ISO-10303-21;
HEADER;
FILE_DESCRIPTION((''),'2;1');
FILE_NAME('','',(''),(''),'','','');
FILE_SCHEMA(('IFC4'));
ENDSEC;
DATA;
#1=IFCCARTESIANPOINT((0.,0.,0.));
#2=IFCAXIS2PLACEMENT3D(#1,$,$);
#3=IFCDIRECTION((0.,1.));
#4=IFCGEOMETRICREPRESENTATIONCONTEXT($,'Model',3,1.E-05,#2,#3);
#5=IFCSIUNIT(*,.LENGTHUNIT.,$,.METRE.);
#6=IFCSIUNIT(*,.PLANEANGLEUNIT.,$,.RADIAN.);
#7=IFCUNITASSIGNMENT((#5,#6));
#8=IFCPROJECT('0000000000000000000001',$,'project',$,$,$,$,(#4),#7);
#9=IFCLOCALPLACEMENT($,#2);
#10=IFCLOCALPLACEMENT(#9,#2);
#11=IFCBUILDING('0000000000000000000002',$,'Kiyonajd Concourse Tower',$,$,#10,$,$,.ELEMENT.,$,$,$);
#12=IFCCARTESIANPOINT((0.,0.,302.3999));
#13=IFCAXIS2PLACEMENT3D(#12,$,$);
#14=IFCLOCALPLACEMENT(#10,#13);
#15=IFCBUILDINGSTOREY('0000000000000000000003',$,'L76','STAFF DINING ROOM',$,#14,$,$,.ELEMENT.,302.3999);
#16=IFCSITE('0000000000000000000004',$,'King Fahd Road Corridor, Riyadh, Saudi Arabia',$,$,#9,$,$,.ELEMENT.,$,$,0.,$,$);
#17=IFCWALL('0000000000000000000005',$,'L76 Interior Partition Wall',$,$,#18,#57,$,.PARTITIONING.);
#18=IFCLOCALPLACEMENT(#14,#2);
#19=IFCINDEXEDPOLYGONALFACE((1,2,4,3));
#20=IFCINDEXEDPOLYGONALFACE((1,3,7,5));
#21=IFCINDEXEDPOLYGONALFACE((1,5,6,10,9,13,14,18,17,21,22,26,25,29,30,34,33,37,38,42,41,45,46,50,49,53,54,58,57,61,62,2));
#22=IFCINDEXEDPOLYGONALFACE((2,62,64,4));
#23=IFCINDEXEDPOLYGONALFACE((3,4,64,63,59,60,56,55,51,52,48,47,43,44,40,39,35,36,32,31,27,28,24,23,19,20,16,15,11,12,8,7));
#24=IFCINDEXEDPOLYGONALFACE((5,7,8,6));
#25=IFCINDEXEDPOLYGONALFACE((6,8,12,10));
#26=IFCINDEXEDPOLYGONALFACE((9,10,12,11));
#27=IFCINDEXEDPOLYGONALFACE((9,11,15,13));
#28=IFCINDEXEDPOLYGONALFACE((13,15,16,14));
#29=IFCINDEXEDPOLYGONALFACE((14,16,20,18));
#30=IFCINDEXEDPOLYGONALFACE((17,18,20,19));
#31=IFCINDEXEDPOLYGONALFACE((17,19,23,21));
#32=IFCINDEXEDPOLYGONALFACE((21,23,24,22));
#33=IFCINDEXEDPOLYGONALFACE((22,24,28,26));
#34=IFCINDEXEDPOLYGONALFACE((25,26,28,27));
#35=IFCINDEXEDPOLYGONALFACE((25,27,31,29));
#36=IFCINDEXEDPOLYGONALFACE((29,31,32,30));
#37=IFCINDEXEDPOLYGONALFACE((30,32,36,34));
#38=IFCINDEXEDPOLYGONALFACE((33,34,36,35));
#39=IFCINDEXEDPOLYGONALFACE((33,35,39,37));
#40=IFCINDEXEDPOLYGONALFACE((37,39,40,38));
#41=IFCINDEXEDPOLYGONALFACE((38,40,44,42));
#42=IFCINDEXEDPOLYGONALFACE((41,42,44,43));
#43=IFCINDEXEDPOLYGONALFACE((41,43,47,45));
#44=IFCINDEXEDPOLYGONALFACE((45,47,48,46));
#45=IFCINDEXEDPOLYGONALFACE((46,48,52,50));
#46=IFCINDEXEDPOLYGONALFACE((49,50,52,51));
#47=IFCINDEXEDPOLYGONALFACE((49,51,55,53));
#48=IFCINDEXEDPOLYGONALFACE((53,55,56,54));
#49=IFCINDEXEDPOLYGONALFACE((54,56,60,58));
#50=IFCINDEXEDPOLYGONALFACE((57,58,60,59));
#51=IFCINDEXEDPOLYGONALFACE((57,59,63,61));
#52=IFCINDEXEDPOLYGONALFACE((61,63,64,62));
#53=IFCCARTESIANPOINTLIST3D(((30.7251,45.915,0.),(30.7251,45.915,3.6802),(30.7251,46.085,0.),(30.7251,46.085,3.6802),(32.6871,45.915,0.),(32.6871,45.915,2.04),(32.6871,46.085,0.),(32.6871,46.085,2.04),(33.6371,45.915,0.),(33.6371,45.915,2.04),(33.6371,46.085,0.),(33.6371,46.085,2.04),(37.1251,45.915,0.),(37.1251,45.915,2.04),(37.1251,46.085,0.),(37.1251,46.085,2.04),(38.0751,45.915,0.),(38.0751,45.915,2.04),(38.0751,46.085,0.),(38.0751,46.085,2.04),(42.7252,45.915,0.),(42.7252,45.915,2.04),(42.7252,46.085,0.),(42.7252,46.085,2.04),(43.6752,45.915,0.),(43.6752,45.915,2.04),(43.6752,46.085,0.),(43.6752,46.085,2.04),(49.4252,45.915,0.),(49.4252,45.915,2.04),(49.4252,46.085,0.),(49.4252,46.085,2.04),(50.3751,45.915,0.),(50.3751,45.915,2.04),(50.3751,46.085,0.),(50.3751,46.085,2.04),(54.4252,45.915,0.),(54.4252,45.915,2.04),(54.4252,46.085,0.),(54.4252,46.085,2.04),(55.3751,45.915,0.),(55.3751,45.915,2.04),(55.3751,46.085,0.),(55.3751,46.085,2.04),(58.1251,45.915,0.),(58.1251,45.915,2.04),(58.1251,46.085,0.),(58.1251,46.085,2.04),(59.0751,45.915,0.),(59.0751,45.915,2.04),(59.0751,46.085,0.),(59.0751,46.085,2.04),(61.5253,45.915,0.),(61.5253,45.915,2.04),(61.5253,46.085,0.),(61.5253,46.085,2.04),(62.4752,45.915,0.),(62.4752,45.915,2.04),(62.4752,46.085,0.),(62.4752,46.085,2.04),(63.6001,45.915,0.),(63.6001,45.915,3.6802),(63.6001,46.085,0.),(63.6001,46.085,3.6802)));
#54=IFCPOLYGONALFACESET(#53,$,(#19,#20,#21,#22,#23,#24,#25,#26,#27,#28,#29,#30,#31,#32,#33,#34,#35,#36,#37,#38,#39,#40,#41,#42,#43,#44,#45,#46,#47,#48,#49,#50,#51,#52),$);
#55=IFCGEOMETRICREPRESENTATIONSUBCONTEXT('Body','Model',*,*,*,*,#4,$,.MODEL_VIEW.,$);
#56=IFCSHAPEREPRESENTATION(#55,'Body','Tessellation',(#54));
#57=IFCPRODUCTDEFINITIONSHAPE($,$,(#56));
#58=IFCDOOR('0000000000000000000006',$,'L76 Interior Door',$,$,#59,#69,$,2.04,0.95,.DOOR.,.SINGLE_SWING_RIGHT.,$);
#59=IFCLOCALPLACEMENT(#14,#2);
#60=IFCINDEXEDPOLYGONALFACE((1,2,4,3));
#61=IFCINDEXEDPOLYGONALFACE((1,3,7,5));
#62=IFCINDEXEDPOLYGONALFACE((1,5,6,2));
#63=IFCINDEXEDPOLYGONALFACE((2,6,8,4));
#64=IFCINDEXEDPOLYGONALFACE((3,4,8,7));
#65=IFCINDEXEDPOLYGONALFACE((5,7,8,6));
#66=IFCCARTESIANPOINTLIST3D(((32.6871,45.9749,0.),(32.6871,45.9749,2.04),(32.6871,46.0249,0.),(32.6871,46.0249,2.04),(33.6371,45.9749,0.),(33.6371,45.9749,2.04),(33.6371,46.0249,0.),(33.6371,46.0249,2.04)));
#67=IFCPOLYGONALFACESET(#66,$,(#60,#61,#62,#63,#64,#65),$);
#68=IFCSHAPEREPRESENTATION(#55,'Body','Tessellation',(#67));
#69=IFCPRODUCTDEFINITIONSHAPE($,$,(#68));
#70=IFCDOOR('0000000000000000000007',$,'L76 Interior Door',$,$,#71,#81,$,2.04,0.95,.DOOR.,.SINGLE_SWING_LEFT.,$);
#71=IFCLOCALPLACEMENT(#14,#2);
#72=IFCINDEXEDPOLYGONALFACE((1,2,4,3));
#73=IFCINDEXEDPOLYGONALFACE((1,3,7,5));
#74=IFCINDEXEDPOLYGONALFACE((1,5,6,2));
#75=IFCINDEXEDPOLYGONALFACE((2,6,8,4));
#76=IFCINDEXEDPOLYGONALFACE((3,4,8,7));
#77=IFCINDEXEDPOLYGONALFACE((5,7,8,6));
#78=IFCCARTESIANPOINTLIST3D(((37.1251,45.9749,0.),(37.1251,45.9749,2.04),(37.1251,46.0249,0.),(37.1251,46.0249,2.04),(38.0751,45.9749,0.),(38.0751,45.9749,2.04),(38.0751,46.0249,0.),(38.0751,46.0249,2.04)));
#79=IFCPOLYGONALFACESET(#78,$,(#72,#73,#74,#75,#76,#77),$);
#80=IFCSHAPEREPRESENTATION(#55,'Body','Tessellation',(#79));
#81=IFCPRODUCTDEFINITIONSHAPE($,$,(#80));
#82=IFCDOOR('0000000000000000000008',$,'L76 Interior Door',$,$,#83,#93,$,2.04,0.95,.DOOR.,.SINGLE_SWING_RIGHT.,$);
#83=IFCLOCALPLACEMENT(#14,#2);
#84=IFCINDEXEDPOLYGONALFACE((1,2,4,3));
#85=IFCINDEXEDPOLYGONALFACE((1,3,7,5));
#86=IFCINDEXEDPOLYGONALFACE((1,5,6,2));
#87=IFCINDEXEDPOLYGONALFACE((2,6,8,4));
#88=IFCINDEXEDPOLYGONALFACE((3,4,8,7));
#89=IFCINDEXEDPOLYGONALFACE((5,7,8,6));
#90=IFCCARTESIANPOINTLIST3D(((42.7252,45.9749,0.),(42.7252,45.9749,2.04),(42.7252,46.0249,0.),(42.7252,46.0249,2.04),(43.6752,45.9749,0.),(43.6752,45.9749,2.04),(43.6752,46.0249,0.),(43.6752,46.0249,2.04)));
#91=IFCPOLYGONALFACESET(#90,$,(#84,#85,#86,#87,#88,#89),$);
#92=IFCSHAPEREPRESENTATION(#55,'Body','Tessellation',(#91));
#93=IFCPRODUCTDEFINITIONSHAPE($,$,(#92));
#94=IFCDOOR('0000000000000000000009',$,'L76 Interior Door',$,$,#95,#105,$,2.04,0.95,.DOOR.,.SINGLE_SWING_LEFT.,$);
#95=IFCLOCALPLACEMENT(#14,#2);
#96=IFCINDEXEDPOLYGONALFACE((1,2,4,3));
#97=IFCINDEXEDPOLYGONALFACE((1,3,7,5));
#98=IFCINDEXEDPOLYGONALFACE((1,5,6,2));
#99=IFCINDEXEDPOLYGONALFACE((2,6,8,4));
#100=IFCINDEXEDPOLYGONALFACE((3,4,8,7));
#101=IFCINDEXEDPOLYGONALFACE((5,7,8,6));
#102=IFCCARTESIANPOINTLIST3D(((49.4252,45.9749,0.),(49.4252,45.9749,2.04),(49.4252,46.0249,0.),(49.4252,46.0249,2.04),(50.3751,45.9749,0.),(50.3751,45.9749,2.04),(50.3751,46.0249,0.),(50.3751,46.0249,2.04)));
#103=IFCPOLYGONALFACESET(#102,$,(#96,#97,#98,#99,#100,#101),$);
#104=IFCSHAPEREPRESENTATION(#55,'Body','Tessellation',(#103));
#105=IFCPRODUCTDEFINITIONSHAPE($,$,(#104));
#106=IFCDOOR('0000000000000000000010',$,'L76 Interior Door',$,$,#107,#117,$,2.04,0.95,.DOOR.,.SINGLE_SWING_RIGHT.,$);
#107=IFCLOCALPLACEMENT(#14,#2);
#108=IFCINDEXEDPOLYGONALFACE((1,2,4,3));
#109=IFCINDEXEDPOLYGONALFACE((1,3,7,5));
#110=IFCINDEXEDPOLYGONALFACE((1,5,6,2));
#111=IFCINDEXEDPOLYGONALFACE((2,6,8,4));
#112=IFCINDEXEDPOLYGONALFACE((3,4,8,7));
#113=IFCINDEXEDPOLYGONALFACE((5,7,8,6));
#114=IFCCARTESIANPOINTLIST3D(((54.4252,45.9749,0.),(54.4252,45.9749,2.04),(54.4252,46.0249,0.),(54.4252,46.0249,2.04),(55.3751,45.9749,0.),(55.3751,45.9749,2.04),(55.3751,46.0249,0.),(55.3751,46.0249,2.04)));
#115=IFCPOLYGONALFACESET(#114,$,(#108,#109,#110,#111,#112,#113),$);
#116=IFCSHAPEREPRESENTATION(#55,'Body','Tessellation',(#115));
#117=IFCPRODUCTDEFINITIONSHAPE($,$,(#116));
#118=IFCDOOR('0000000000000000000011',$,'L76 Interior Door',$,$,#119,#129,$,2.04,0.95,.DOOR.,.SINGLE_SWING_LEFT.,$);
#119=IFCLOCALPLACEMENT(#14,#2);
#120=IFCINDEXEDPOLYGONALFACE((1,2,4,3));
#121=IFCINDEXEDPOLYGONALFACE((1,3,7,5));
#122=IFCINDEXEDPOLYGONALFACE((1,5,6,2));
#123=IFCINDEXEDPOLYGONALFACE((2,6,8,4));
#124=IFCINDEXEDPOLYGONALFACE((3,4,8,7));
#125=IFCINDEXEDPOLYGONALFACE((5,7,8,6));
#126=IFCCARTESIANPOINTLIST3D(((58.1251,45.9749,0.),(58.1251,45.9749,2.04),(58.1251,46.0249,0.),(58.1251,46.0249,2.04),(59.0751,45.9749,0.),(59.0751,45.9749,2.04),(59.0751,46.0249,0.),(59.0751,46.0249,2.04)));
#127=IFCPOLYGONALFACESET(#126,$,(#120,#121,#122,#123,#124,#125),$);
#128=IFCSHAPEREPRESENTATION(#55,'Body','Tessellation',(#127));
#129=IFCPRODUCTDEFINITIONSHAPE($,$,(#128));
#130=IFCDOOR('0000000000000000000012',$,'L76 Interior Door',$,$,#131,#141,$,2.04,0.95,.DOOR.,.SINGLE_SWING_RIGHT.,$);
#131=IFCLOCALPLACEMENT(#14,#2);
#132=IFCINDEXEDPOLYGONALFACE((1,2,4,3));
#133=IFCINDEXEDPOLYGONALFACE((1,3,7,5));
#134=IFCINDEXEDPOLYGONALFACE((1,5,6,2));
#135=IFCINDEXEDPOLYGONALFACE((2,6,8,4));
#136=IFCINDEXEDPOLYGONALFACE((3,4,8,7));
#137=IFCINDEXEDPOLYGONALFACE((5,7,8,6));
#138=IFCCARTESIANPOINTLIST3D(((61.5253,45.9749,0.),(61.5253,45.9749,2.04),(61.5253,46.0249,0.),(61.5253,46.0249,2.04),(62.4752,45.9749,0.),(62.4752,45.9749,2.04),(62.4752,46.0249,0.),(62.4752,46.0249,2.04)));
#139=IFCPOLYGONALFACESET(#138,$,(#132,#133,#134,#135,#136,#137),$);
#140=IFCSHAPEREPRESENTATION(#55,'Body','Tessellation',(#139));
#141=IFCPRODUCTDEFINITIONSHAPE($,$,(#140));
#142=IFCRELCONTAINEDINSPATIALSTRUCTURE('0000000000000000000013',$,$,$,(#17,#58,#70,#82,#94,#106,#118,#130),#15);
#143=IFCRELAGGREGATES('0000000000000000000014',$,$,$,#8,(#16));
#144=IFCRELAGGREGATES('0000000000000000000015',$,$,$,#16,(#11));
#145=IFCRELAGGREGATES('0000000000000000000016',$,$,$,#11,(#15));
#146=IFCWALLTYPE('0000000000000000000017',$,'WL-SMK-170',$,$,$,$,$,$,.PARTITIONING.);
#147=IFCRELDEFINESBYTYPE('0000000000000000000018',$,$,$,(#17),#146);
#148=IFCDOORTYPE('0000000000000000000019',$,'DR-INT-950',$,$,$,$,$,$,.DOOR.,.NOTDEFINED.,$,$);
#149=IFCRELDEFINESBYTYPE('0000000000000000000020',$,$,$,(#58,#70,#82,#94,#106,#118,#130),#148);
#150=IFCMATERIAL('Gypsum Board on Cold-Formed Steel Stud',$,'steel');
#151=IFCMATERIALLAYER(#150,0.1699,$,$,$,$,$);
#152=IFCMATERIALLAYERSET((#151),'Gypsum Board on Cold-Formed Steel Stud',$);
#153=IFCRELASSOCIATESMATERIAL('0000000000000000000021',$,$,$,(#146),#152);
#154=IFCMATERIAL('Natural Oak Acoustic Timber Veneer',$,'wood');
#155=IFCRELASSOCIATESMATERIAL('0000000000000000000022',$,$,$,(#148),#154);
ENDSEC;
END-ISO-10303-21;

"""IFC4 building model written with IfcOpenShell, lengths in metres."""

from ifc_helpers import new_model, si_unit, direction, frame, frame_2d, origin, place, context, subcontext, project, spatial, rectangle, extrude, material, layer, layer_set, type_object, element, fill, save


model = new_model("IFC4")

# Units and contexts
model_context = context("Model", 3, precision=1e-05, world=origin(), true_north=direction((0.0, 1.0)))
body_context = subcontext(model_context, "Body", "Model", "MODEL_VIEW")
ifc_project = project(units=[si_unit("LENGTHUNIT", "METRE"), si_unit("PLANEANGLEUNIT", "RADIAN")], contexts=[model_context])

# Site, building, storey
site_placement = place(None, origin())
site = spatial("IfcSite", under=ifc_project, at=site_placement, Name="King Fahd Road Corridor, Riyadh, Saudi Arabia", CompositionType="ELEMENT", RefElevation=0.0)
building_placement = place(site_placement, origin())
building = spatial("IfcBuilding", under=site, at=building_placement, Name="Kiyonajd Concourse Tower", CompositionType="ELEMENT")
storey_placement = place(building_placement, frame((0.0, 0.0, 302.3999)))
storey = spatial("IfcBuildingStorey", under=building, at=storey_placement, Name="L76", Description="STAFF DINING ROOM", CompositionType="ELEMENT", Elevation=302.3999)

# Wall, openings, doors
ifc_material_1 = material(Name="Gypsum Board on Cold-Formed Steel Stud", Category="steel")
ifc_layer_1 = layer(ifc_material_1, 0.1699)
ifc_layer_set_1 = layer_set([ifc_layer_1], Name="Gypsum Board on Cold-Formed Steel Stud")
wall_type_1 = type_object("IfcWallType", Name="WL-SMK-170", PredefinedType="PARTITIONING", material=ifc_layer_set_1)
wall_1_placement = place(storey_placement, frame((30.7251, 46.0, 0.0), z_axis=(0.0, 0.0, 1.0), x_axis=(1.0, 0.0, 0.0)))
wall_1 = element("IfcWall", 1, at=wall_1_placement, inside=storey, type_object=wall_type_1, Name="L76 Interior Partition Wall", PredefinedType="PARTITIONING", context=body_context, shape_type="SweptSolid", body=[
    extrude(rectangle(XDim=32.875, YDim=0.1699, at=frame_2d((16.4375, 0.0))), origin(), (0.0, 0.0, 1.0), 3.6802),
])
opening_1_placement = place(wall_1_placement, frame((1.9619, 0.0, 0.0)))
opening_1 = element("IfcOpeningElement", 2, at=opening_1_placement, cuts=wall_1, PredefinedType="OPENING", context=body_context, shape_type="SweptSolid", body=[
    extrude(rectangle(XDim=0.95, YDim=2.04, at=frame_2d((0.4751, 1.02))), frame((0.0, 0.095, 0.0), z_axis=(0.0, -1.0, 0.0), x_axis=(1.0, 0.0, 0.0)), (0.0, 0.0, 1.0), 0.1899),
])
opening_2_placement = place(wall_1_placement, frame((6.3999, 0.0, 0.0)))
opening_2 = element("IfcOpeningElement", 3, at=opening_2_placement, cuts=wall_1, PredefinedType="OPENING", context=body_context, shape_type="SweptSolid", body=[
    extrude(rectangle(XDim=0.95, YDim=2.04, at=frame_2d((0.4751, 1.02))), frame((0.0, 0.095, 0.0), z_axis=(0.0, -1.0, 0.0), x_axis=(1.0, 0.0, 0.0)), (0.0, 0.0, 1.0), 0.1899),
])
opening_3_placement = place(wall_1_placement, frame((12.0, 0.0, 0.0)))
opening_3 = element("IfcOpeningElement", 4, at=opening_3_placement, cuts=wall_1, PredefinedType="OPENING", context=body_context, shape_type="SweptSolid", body=[
    extrude(rectangle(XDim=0.95, YDim=2.04, at=frame_2d((0.4751, 1.02))), frame((0.0, 0.095, 0.0), z_axis=(0.0, -1.0, 0.0), x_axis=(1.0, 0.0, 0.0)), (0.0, 0.0, 1.0), 0.1899),
])
opening_4_placement = place(wall_1_placement, frame((18.7, 0.0, 0.0)))
opening_4 = element("IfcOpeningElement", 5, at=opening_4_placement, cuts=wall_1, PredefinedType="OPENING", context=body_context, shape_type="SweptSolid", body=[
    extrude(rectangle(XDim=0.95, YDim=2.04, at=frame_2d((0.4751, 1.02))), frame((0.0, 0.095, 0.0), z_axis=(0.0, -1.0, 0.0), x_axis=(1.0, 0.0, 0.0)), (0.0, 0.0, 1.0), 0.1899),
])
opening_5_placement = place(wall_1_placement, frame((23.7, 0.0, 0.0)))
opening_5 = element("IfcOpeningElement", 6, at=opening_5_placement, cuts=wall_1, PredefinedType="OPENING", context=body_context, shape_type="SweptSolid", body=[
    extrude(rectangle(XDim=0.95, YDim=2.04, at=frame_2d((0.4751, 1.02))), frame((0.0, 0.095, 0.0), z_axis=(0.0, -1.0, 0.0), x_axis=(1.0, 0.0, 0.0)), (0.0, 0.0, 1.0), 0.1899),
])
opening_6_placement = place(wall_1_placement, frame((27.3999, 0.0, 0.0)))
opening_6 = element("IfcOpeningElement", 7, at=opening_6_placement, cuts=wall_1, PredefinedType="OPENING", context=body_context, shape_type="SweptSolid", body=[
    extrude(rectangle(XDim=0.95, YDim=2.04, at=frame_2d((0.4751, 1.02))), frame((0.0, 0.095, 0.0), z_axis=(0.0, -1.0, 0.0), x_axis=(1.0, 0.0, 0.0)), (0.0, 0.0, 1.0), 0.1899),
])
opening_7_placement = place(wall_1_placement, frame((30.8, 0.0, 0.0)))
opening_7 = element("IfcOpeningElement", 8, at=opening_7_placement, cuts=wall_1, PredefinedType="OPENING", context=body_context, shape_type="SweptSolid", body=[
    extrude(rectangle(XDim=0.95, YDim=2.04, at=frame_2d((0.4751, 1.02))), frame((0.0, 0.095, 0.0), z_axis=(0.0, -1.0, 0.0), x_axis=(1.0, 0.0, 0.0)), (0.0, 0.0, 1.0), 0.1899),
])
ifc_material_2 = material(Name="Natural Oak Acoustic Timber Veneer", Category="wood")
door_type = type_object("IfcDoorType", Name="DR-INT-950", OperationType="NOTDEFINED", PredefinedType="DOOR", material=ifc_material_2)
door_1_placement = place(opening_1_placement, origin())
door_1 = element("IfcDoor", 9, at=door_1_placement, inside=storey, type_object=door_type, Name="L76 Interior Door", OperationType="SINGLE_SWING_RIGHT", OverallHeight=2.04, OverallWidth=0.95, PredefinedType="DOOR", context=body_context, shape_type="SweptSolid", body=[
    extrude(rectangle(XDim=0.95, YDim=2.04, at=frame_2d((0.4751, 1.02))), frame((0.0, 0.0249, 0.0), z_axis=(0.0, -1.0, 0.0), x_axis=(1.0, 0.0, 0.0)), (0.0, 0.0, 1.0), 0.05),
])
fill(opening_1, door_1)
door_2_placement = place(opening_2_placement, origin())
door_2 = element("IfcDoor", 10, at=door_2_placement, inside=storey, type_object=door_type, Name="L76 Interior Door", OperationType="SINGLE_SWING_LEFT", OverallHeight=2.04, OverallWidth=0.95, PredefinedType="DOOR", context=body_context, shape_type="SweptSolid", body=[
    extrude(rectangle(XDim=0.95, YDim=2.04, at=frame_2d((0.4751, 1.02))), frame((0.0, 0.0249, 0.0), z_axis=(0.0, -1.0, 0.0), x_axis=(1.0, 0.0, 0.0)), (0.0, 0.0, 1.0), 0.05),
])
fill(opening_2, door_2)
door_3_placement = place(opening_3_placement, origin())
door_3 = element("IfcDoor", 11, at=door_3_placement, inside=storey, type_object=door_type, Name="L76 Interior Door", OperationType="SINGLE_SWING_RIGHT", OverallHeight=2.04, OverallWidth=0.95, PredefinedType="DOOR", context=body_context, shape_type="SweptSolid", body=[
    extrude(rectangle(XDim=0.95, YDim=2.04, at=frame_2d((0.4751, 1.02))), frame((0.0, 0.0249, 0.0), z_axis=(0.0, -1.0, 0.0), x_axis=(1.0, 0.0, 0.0)), (0.0, 0.0, 1.0), 0.05),
])
fill(opening_3, door_3)
door_4_placement = place(opening_4_placement, origin())
door_4 = element("IfcDoor", 12, at=door_4_placement, inside=storey, type_object=door_type, Name="L76 Interior Door", OperationType="SINGLE_SWING_LEFT", OverallHeight=2.04, OverallWidth=0.95, PredefinedType="DOOR", context=body_context, shape_type="SweptSolid", body=[
    extrude(rectangle(XDim=0.95, YDim=2.04, at=frame_2d((0.4751, 1.02))), frame((0.0, 0.0249, 0.0), z_axis=(0.0, -1.0, 0.0), x_axis=(1.0, 0.0, 0.0)), (0.0, 0.0, 1.0), 0.05),
])
fill(opening_4, door_4)
door_5_placement = place(opening_5_placement, origin())
door_5 = element("IfcDoor", 13, at=door_5_placement, inside=storey, type_object=door_type, Name="L76 Interior Door", OperationType="SINGLE_SWING_RIGHT", OverallHeight=2.04, OverallWidth=0.95, PredefinedType="DOOR", context=body_context, shape_type="SweptSolid", body=[
    extrude(rectangle(XDim=0.95, YDim=2.04, at=frame_2d((0.4751, 1.02))), frame((0.0, 0.0249, 0.0), z_axis=(0.0, -1.0, 0.0), x_axis=(1.0, 0.0, 0.0)), (0.0, 0.0, 1.0), 0.05),
])
fill(opening_5, door_5)
door_6_placement = place(opening_6_placement, origin())
door_6 = element("IfcDoor", 14, at=door_6_placement, inside=storey, type_object=door_type, Name="L76 Interior Door", OperationType="SINGLE_SWING_LEFT", OverallHeight=2.04, OverallWidth=0.95, PredefinedType="DOOR", context=body_context, shape_type="SweptSolid", body=[
    extrude(rectangle(XDim=0.95, YDim=2.04, at=frame_2d((0.4751, 1.02))), frame((0.0, 0.0249, 0.0), z_axis=(0.0, -1.0, 0.0), x_axis=(1.0, 0.0, 0.0)), (0.0, 0.0, 1.0), 0.05),
])
fill(opening_6, door_6)
door_7_placement = place(opening_7_placement, origin())
door_7 = element("IfcDoor", 15, at=door_7_placement, inside=storey, type_object=door_type, Name="L76 Interior Door", OperationType="SINGLE_SWING_RIGHT", OverallHeight=2.04, OverallWidth=0.95, PredefinedType="DOOR", context=body_context, shape_type="SweptSolid", body=[
    extrude(rectangle(XDim=0.95, YDim=2.04, at=frame_2d((0.4751, 1.02))), frame((0.0, 0.0249, 0.0), z_axis=(0.0, -1.0, 0.0), x_axis=(1.0, 0.0, 0.0)), (0.0, 0.0, 1.0), 0.05),
])
fill(opening_7, door_7)

save(model, "model.ifc")
